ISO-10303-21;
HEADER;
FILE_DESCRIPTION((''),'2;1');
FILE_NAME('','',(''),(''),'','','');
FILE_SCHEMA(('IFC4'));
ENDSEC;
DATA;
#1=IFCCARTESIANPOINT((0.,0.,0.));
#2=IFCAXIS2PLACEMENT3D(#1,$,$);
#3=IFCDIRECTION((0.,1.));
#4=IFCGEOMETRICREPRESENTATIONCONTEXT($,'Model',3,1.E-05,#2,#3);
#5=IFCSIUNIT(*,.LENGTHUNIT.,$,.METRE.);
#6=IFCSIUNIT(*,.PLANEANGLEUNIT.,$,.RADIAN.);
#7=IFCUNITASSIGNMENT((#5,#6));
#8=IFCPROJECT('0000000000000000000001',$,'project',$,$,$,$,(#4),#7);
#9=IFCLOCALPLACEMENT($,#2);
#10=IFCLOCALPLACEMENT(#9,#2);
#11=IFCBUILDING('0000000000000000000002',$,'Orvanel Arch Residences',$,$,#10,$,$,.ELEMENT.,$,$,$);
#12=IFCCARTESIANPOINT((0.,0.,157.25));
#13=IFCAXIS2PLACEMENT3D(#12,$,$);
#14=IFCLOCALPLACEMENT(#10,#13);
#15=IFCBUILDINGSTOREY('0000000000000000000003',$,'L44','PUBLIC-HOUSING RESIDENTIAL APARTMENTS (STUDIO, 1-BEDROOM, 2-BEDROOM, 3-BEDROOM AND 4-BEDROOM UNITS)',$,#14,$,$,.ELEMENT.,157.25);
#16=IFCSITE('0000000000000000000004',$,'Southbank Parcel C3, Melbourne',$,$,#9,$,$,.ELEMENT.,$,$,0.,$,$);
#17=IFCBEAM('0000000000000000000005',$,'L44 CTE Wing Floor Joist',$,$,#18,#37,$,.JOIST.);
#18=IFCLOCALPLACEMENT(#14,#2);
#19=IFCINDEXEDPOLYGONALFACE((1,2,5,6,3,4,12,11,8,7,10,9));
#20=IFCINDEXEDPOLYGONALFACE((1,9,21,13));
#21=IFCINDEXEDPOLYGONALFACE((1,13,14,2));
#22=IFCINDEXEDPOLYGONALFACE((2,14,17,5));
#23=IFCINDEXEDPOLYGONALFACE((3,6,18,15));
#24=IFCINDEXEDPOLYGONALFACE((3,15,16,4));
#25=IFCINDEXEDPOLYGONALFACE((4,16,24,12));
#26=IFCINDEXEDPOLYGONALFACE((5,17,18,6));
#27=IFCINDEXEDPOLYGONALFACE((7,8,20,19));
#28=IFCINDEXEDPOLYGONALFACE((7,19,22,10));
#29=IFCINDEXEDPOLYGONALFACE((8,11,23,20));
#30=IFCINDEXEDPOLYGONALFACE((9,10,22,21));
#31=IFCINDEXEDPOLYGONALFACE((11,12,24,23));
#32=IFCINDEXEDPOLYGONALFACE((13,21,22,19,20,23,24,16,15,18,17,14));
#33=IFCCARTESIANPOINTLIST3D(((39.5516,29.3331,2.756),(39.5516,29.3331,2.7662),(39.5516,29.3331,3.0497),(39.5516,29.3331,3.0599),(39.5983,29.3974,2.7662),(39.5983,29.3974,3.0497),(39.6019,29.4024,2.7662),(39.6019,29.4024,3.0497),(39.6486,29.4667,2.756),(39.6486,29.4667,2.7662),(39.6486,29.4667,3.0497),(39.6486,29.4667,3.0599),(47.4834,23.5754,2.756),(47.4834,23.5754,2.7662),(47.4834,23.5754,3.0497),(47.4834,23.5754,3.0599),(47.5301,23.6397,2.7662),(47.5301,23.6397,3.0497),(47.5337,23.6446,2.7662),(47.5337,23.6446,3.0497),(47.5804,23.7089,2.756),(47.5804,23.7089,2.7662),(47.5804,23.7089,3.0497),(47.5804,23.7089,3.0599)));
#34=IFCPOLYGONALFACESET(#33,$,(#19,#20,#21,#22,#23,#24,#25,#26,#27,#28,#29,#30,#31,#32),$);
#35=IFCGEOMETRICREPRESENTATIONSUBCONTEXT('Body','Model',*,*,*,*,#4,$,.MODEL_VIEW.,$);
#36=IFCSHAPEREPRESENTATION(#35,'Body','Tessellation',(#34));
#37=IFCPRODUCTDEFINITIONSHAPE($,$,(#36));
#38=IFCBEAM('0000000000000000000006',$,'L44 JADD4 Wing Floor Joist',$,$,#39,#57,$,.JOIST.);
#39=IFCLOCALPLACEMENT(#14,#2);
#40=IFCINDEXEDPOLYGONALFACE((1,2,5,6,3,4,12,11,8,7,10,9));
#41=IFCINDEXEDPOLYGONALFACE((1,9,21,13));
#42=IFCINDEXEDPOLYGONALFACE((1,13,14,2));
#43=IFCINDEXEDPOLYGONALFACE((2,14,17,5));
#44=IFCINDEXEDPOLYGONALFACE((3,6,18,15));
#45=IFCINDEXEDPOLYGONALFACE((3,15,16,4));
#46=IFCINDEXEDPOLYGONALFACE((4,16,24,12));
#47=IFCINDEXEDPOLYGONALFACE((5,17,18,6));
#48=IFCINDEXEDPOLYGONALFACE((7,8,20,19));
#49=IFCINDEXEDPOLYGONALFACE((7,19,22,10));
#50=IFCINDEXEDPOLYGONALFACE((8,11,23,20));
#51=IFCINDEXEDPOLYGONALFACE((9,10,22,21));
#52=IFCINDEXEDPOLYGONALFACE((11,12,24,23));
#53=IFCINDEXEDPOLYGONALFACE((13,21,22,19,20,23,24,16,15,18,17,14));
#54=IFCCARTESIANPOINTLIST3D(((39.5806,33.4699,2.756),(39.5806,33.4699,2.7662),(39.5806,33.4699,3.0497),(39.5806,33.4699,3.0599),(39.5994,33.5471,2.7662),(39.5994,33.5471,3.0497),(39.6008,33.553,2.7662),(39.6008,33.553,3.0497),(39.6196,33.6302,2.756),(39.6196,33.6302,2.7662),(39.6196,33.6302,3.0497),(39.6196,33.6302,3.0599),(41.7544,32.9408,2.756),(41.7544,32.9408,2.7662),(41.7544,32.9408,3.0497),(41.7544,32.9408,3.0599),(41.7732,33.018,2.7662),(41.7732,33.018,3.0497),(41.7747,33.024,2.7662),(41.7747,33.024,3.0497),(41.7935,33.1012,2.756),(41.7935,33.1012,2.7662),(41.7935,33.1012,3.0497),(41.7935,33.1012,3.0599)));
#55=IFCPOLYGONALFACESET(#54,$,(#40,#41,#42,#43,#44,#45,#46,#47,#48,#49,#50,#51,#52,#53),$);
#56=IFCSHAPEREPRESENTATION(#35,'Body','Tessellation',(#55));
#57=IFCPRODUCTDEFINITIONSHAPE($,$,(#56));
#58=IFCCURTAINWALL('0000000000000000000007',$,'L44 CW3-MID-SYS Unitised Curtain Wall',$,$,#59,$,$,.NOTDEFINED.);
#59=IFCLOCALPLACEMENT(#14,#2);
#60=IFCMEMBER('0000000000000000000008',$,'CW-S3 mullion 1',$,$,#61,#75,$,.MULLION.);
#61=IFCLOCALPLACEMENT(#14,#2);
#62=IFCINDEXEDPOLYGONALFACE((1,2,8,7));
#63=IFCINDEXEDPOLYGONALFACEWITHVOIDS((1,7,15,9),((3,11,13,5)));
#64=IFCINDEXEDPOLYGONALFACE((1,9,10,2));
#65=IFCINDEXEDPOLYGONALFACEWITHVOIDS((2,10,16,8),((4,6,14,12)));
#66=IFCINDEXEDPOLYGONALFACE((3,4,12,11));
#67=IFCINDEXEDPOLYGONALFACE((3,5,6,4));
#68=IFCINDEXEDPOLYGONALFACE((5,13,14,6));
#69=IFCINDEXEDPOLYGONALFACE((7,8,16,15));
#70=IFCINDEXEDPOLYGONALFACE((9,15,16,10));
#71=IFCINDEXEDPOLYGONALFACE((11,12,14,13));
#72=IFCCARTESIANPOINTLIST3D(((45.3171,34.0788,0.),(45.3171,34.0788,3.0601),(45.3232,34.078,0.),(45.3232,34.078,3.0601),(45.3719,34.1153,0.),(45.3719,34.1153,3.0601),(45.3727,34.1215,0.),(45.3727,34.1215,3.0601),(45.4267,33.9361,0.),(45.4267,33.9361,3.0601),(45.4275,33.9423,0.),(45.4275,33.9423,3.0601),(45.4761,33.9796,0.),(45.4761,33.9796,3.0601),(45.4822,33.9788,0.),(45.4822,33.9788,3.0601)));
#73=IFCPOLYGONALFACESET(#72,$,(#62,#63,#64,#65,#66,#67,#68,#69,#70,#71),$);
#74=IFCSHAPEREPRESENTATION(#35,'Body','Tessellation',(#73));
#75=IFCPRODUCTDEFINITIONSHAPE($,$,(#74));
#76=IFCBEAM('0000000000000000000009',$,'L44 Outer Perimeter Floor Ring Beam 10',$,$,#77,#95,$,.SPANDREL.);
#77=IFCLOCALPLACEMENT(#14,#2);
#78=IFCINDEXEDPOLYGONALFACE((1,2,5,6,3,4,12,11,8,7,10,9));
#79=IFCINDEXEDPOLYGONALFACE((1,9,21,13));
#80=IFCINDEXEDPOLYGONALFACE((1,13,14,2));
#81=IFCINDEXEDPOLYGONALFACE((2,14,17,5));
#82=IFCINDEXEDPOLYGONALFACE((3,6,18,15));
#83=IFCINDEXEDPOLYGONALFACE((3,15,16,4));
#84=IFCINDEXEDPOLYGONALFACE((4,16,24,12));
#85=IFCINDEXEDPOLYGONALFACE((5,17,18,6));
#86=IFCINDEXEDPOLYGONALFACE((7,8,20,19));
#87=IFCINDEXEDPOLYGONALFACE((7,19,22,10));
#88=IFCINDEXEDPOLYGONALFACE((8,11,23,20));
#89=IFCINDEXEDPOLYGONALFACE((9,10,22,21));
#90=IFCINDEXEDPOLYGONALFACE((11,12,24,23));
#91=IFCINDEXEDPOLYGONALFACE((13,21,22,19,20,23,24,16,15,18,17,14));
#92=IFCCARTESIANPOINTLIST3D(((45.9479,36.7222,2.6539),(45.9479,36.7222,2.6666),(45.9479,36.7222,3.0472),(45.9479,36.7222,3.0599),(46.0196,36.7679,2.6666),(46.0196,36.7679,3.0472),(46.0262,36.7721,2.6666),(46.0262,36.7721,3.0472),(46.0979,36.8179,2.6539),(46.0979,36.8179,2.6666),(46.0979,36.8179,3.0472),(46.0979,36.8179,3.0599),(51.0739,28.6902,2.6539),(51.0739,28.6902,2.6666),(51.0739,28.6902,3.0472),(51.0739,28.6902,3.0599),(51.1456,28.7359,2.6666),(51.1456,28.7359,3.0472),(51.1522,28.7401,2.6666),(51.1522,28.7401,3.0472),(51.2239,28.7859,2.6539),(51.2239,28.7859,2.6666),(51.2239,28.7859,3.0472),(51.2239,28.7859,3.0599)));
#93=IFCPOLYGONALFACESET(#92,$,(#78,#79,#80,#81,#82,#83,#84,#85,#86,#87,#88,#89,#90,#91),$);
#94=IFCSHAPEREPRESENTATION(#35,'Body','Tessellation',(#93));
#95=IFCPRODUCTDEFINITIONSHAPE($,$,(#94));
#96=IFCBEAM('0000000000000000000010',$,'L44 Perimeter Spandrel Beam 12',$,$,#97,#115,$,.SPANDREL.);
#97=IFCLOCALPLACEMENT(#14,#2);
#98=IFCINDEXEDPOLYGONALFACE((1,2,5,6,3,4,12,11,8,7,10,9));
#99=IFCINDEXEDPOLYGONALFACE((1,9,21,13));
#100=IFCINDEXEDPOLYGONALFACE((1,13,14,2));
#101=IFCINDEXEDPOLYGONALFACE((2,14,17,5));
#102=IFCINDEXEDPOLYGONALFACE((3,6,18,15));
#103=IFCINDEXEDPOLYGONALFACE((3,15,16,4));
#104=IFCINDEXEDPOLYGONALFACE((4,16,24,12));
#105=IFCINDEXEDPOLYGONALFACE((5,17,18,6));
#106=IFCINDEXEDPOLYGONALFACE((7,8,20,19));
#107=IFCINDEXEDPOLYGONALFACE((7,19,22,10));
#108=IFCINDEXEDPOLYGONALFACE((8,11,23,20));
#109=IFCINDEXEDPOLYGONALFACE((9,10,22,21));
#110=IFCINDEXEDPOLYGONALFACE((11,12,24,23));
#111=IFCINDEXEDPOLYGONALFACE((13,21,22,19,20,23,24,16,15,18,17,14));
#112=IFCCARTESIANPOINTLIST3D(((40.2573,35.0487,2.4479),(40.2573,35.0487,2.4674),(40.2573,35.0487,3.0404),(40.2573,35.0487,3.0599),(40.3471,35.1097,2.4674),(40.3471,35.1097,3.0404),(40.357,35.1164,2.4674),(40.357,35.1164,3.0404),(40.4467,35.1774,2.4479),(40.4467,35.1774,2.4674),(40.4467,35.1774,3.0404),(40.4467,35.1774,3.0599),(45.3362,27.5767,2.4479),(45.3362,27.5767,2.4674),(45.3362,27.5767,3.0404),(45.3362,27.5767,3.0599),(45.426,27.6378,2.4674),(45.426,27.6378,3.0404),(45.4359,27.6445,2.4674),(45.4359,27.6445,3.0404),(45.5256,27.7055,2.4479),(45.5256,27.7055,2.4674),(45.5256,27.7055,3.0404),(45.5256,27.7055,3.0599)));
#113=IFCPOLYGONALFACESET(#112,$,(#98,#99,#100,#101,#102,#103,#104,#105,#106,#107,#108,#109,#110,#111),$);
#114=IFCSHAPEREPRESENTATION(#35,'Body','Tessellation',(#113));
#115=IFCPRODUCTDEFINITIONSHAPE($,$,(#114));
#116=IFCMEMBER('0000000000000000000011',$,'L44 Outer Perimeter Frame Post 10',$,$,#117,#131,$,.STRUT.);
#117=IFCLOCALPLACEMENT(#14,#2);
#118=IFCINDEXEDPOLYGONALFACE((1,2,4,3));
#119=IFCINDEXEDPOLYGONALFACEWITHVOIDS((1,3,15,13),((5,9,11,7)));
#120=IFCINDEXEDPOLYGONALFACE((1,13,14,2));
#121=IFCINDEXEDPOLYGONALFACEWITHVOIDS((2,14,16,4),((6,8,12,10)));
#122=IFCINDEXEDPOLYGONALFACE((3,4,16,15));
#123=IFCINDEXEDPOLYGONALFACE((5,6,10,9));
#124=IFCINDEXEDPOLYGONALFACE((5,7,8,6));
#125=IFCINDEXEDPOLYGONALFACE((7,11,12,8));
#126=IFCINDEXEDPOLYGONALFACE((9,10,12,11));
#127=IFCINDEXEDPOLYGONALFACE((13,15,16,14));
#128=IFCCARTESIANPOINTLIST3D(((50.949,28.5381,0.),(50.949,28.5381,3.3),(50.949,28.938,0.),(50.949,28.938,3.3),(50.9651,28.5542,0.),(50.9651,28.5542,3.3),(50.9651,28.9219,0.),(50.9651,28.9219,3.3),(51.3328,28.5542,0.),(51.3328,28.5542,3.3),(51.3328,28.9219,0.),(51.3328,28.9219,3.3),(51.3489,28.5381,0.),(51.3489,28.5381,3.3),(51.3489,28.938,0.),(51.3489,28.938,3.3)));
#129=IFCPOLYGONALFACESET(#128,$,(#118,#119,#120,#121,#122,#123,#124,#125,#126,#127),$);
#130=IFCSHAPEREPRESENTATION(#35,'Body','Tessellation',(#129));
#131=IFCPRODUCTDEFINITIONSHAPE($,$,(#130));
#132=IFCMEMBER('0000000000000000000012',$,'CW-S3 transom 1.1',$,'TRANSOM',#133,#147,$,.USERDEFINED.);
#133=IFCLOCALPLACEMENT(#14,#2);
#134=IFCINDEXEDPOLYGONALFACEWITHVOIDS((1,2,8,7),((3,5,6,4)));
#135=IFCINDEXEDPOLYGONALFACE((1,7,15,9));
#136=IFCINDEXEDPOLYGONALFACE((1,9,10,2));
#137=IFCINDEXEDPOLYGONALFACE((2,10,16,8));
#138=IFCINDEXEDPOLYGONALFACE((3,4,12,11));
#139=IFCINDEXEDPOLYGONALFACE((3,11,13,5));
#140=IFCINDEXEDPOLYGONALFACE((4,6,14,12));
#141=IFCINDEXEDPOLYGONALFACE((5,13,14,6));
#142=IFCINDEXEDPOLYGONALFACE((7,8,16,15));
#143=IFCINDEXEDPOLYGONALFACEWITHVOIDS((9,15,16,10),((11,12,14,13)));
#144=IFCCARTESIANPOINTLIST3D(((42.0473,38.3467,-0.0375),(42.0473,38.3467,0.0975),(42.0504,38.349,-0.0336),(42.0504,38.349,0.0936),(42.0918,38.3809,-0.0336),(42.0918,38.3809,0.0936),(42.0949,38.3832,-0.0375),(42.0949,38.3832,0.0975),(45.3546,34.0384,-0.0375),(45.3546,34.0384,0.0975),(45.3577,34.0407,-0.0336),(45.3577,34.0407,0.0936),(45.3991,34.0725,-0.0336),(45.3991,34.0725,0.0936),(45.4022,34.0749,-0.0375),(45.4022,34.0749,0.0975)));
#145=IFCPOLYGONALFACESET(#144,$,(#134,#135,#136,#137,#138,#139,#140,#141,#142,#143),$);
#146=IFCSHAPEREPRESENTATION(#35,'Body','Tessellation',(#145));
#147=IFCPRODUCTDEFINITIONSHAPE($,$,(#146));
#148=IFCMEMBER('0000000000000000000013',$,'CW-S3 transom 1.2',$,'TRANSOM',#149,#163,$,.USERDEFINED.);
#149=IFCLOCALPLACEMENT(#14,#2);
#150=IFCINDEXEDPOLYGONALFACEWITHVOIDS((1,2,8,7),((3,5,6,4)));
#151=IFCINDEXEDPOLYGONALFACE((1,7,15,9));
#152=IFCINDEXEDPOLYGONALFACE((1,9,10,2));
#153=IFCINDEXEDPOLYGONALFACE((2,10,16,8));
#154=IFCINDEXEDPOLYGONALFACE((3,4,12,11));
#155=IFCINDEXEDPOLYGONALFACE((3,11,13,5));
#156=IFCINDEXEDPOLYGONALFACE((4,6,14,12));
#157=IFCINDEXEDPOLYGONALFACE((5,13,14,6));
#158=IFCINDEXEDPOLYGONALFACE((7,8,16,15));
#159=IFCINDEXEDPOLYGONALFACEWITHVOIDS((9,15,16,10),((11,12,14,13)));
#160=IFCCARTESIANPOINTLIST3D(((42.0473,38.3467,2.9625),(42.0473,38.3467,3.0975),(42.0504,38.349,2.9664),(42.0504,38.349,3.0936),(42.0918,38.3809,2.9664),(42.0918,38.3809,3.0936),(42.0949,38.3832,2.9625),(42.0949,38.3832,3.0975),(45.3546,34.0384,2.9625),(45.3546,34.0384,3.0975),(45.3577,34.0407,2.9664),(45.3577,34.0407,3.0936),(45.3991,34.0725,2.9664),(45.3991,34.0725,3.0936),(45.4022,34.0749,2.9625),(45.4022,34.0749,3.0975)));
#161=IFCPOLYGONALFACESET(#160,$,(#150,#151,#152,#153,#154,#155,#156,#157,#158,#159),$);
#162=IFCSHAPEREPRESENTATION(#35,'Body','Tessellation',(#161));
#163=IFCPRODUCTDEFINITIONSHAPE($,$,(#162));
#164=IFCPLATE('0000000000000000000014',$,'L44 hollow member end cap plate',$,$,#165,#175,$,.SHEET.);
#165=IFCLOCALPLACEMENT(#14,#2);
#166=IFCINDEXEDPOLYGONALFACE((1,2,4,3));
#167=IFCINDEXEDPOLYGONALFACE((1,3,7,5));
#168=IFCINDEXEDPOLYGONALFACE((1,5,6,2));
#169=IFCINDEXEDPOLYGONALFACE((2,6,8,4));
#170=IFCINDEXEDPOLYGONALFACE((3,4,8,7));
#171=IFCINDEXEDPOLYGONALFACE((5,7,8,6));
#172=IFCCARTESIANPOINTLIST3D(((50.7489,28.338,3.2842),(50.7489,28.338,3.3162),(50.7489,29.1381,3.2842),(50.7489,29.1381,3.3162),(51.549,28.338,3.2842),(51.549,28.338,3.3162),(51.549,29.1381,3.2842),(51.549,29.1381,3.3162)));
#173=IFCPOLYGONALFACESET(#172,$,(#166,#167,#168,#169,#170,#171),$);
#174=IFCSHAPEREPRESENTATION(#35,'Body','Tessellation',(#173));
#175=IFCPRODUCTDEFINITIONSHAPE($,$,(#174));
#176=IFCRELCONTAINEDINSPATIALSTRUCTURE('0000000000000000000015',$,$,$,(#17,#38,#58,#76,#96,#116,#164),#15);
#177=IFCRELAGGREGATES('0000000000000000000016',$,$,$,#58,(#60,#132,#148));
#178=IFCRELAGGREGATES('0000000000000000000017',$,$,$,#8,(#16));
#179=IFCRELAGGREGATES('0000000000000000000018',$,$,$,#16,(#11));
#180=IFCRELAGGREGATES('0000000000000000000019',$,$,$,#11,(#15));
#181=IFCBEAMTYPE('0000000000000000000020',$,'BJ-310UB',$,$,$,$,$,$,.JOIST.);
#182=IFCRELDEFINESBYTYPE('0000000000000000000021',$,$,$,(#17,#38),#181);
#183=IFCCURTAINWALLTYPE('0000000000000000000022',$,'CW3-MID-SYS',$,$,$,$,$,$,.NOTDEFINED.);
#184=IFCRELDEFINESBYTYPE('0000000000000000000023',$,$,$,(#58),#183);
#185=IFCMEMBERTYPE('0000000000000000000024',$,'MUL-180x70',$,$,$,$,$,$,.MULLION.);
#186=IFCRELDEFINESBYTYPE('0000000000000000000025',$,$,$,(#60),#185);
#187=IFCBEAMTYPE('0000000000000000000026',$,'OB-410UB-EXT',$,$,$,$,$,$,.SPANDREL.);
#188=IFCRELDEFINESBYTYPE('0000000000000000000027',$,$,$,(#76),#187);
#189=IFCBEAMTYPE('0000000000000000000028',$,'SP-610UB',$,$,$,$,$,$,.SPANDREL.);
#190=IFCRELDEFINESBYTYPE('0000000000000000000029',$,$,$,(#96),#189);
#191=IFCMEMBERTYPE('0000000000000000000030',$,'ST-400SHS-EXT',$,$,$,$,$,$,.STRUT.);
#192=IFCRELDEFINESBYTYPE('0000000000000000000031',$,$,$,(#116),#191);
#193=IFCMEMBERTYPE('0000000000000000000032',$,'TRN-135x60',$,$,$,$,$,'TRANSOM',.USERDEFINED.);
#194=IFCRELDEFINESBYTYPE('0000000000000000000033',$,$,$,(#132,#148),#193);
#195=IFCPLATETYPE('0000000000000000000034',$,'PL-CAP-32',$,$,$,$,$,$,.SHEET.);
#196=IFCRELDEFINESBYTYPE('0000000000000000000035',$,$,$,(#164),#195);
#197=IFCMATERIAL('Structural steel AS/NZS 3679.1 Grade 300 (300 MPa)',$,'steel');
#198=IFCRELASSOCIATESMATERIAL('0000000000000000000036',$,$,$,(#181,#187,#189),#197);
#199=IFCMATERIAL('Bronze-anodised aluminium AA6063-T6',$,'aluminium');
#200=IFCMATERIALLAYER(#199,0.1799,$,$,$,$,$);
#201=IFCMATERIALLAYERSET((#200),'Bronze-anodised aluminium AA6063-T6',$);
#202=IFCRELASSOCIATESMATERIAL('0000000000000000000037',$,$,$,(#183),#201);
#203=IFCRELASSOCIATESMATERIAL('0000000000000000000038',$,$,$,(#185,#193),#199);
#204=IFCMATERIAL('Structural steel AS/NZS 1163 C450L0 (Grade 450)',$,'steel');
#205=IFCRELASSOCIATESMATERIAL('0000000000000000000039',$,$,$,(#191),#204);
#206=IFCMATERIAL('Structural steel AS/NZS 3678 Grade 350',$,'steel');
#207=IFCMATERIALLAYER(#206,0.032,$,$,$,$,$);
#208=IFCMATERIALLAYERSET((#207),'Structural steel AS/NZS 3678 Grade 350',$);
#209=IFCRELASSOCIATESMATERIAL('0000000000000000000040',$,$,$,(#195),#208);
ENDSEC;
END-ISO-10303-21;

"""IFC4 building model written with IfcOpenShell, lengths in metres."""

from ifc_helpers import new_model, si_unit, direction, frame, origin, origin_2d, place, context, subcontext, project, spatial, rectangle, hollow_rectangle, i_section, extrude, material, layer, layer_set, material_profile, profile_set, type_object, element, aggregate, save


model = new_model("IFC4")

# Units and contexts
model_context = context("Model", 3, precision=1e-05, world=origin(), true_north=direction((0.0, 1.0)))
body_context = subcontext(model_context, "Body", "Model", "MODEL_VIEW")
ifc_project = project(units=[si_unit("LENGTHUNIT", "METRE"), si_unit("PLANEANGLEUNIT", "RADIAN")], contexts=[model_context])

# Site, building, storey
site_placement = place(None, origin())
site = spatial("IfcSite", under=ifc_project, at=site_placement, Name="Southbank Parcel C3, Melbourne", CompositionType="ELEMENT", RefElevation=0.0)
building_placement = place(site_placement, origin())
building = spatial("IfcBuilding", under=site, at=building_placement, Name="Orvanel Arch Residences", CompositionType="ELEMENT")
storey_placement = place(building_placement, frame((0.0, 0.0, 157.25)))
storey = spatial("IfcBuildingStorey", under=building, at=storey_placement, Name="L44", Description="PUBLIC-HOUSING RESIDENTIAL APARTMENTS (STUDIO, 1-BEDROOM, 2-BEDROOM, 3-BEDROOM AND 4-BEDROOM UNITS)", CompositionType="ELEMENT", Elevation=157.25)

# Shared definitions
ifc_material_1 = material(Name="Structural steel AS/NZS 1163 C450L0 (Grade 450)", Category="steel")

# Beams
ifc_material_2 = material(Name="Structural steel AS/NZS 3679.1 Grade 300 (300 MPa)", Category="steel")
ifc_material_profile_1 = material_profile(ifc_material_2, i_section(OverallWidth=0.165, OverallDepth=0.304, WebThickness=0.0061, FlangeThickness=0.0103, at=origin_2d()), Name="310UB40.4")
ifc_profile_set_1 = profile_set([ifc_material_profile_1], Name="Structural steel AS/NZS 3679.1 Grade 300 (300 MPa)")
beam_type_1 = type_object("IfcBeamType", Name="BJ-310UB", PredefinedType="JOIST", material=ifc_profile_set_1)
beam_1_placement = place(storey_placement, frame((39.6001, 29.3999, 2.908), z_axis=(0.809261, -0.587449, 0.0), x_axis=(0.587449, 0.809261, 0.0)))
element("IfcBeam", 1, at=beam_1_placement, inside=storey, type_object=beam_type_1, Name="L44 CTE Wing Floor Joist", PredefinedType="JOIST", context=body_context, shape_type="SweptSolid", body=[
    extrude(i_section(OverallWidth=0.165, OverallDepth=0.304, WebThickness=0.0061, FlangeThickness=0.0103, at=origin_2d()), origin(), (0.0, 0.0, 1.0), 9.8013),
])
beam_2_placement = place(storey_placement, frame((39.6001, 33.55, 2.908), z_axis=(0.971638, -0.236471, 0.0), x_axis=(0.236471, 0.971638, 0.0)))
element("IfcBeam", 2, at=beam_2_placement, inside=storey, type_object=beam_type_1, Name="L44 JADD4 Wing Floor Joist", PredefinedType="JOIST", context=body_context, shape_type="SweptSolid", body=[
    extrude(i_section(OverallWidth=0.165, OverallDepth=0.304, WebThickness=0.0061, FlangeThickness=0.0103, at=origin_2d()), origin(), (0.0, 0.0, 1.0), 2.2373),
])

# Curtain wall, member
ifc_material_3 = material(Name="Bronze-anodised aluminium AA6063-T6", Category="aluminium")
ifc_layer_1 = layer(ifc_material_3, 0.1799)
ifc_layer_set_1 = layer_set([ifc_layer_1], Name="Bronze-anodised aluminium AA6063-T6")
curtain_wall_type = type_object("IfcCurtainWallType", Name="CW3-MID-SYS", PredefinedType="NOTDEFINED", material=ifc_layer_set_1)
curtain_wall_placement = place(storey_placement, origin())
curtain_wall = element("IfcCurtainWall", 3, at=curtain_wall_placement, inside=storey, type_object=curtain_wall_type, Name="L44 CW3-MID-SYS Unitised Curtain Wall", PredefinedType="NOTDEFINED")
ifc_material_profile_2 = material_profile(ifc_material_3, hollow_rectangle(XDim=0.0701, YDim=0.1799, WallThickness=0.0044, at=origin_2d()), Name="ALU180x70x4.5")
ifc_profile_set_2 = profile_set([ifc_material_profile_2], Name="Bronze-anodised aluminium AA6063-T6")
member_type_1 = type_object("IfcMemberType", Name="MUL-180x70", PredefinedType="MULLION", material=ifc_profile_set_2)
member_1_placement = place(storey_placement, frame((45.3997, 34.0288, 0.0), z_axis=(0.0, 0.0, 1.0), x_axis=(-0.793223, -0.608931, 0.0)))
member_1 = element("IfcMember", 4, at=member_1_placement, type_object=member_type_1, Name="CW-S3 mullion 1", PredefinedType="MULLION", context=body_context, shape_type="SweptSolid", body=[
    extrude(hollow_rectangle(XDim=0.0701, YDim=0.1799, WallThickness=0.0044, at=origin_2d()), origin(), (0.0, 0.0, 1.0), 3.0601),
])

# Beams
ifc_material_profile_3 = material_profile(ifc_material_2, i_section(OverallWidth=0.178, OverallDepth=0.406, WebThickness=0.0078, FlangeThickness=0.0127, at=origin_2d()), Name="410UB59.7")
ifc_profile_set_3 = profile_set([ifc_material_profile_3], Name="Structural steel AS/NZS 3679.1 Grade 300 (300 MPa)")
beam_type_2 = type_object("IfcBeamType", Name="OB-410UB-EXT", PredefinedType="SPANDREL", material=ifc_profile_set_3)
beam_3_placement = place(storey_placement, frame((51.1489, 28.738, 2.8569), z_axis=(-0.537974, 0.842961, 0.0), x_axis=(-0.842961, -0.537974, 0.0)))
element("IfcBeam", 5, at=beam_3_placement, inside=storey, type_object=beam_type_2, Name="L44 Outer Perimeter Floor Ring Beam 10", PredefinedType="SPANDREL", context=body_context, shape_type="SweptSolid", body=[
    extrude(i_section(OverallWidth=0.178, OverallDepth=0.406, WebThickness=0.0078, FlangeThickness=0.0127, at=origin_2d()), origin(), (0.0, 0.0, 1.0), 9.5283),
])
ifc_material_profile_4 = material_profile(ifc_material_2, i_section(OverallWidth=0.229, OverallDepth=0.6121, WebThickness=0.012, FlangeThickness=0.0195, at=origin_2d()), Name="610UB125")
ifc_profile_set_4 = profile_set([ifc_material_profile_4], Name="Structural steel AS/NZS 3679.1 Grade 300 (300 MPa)")
beam_type_3 = type_object("IfcBeamType", Name="SP-610UB", PredefinedType="SPANDREL", material=ifc_profile_set_4)
beam_4_placement = place(storey_placement, frame((45.4309, 27.6411, 2.7539), z_axis=(-0.562155, 0.827032, 0.0), x_axis=(-0.827032, -0.562155, 0.0)))
element("IfcBeam", 6, at=beam_4_placement, inside=storey, type_object=beam_type_3, Name="L44 Perimeter Spandrel Beam 12", PredefinedType="SPANDREL", context=body_context, shape_type="SweptSolid", body=[
    extrude(i_section(OverallWidth=0.229, OverallDepth=0.6121, WebThickness=0.012, FlangeThickness=0.0195, at=origin_2d()), origin(), (0.0, 0.0, 1.0), 9.0347),
])

# Members
ifc_material_profile_5 = material_profile(ifc_material_1, hollow_rectangle(XDim=0.3999, YDim=0.3999, WallThickness=0.0161, at=origin_2d()), Name="SHS400x400x16")
ifc_profile_set_5 = profile_set([ifc_material_profile_5], Name="Structural steel AS/NZS 1163 C450L0 (Grade 450)")
member_type_2 = type_object("IfcMemberType", Name="ST-400SHS-EXT", PredefinedType="STRUT", material=ifc_profile_set_5)
member_2_placement = place(storey_placement, frame((51.1489, 28.738, 0.0), z_axis=(0.0, 0.0, 1.0), x_axis=(1.0, 0.0, 0.0)))
element("IfcMember", 7, at=member_2_placement, inside=storey, type_object=member_type_2, Name="L44 Outer Perimeter Frame Post 10", PredefinedType="STRUT", context=body_context, shape_type="SweptSolid", body=[
    extrude(hollow_rectangle(XDim=0.3999, YDim=0.3999, WallThickness=0.0161, at=origin_2d()), origin(), (0.0, 0.0, 1.0), 3.3),
])
ifc_material_profile_6 = material_profile(ifc_material_3, hollow_rectangle(XDim=0.0601, YDim=0.135, WallThickness=0.0039, at=origin_2d()), Name="ALU135x60x4")
ifc_profile_set_6 = profile_set([ifc_material_profile_6], Name="Bronze-anodised aluminium AA6063-T6")
member_type_3 = type_object("IfcMemberType", Name="TRN-135x60", ElementType="TRANSOM", PredefinedType="USERDEFINED", material=ifc_profile_set_6)
member_3_placement = place(storey_placement, frame((45.3784, 34.0566, 0.03), z_axis=(-0.608931, 0.793223, 0.0), x_axis=(-0.793223, -0.608931, 0.0)))
member_3 = element("IfcMember", 8, at=member_3_placement, type_object=member_type_3, Name="CW-S3 transom 1.1", ObjectType="TRANSOM", PredefinedType="USERDEFINED", context=body_context, shape_type="SweptSolid", body=[
    extrude(hollow_rectangle(XDim=0.0601, YDim=0.135, WallThickness=0.0039, at=origin_2d()), origin(), (0.0, 0.0, 1.0), 5.4314),
])
member_4_placement = place(storey_placement, frame((45.3784, 34.0566, 3.03), z_axis=(-0.608931, 0.793223, 0.0), x_axis=(-0.793223, -0.608931, 0.0)))
member_4 = element("IfcMember", 9, at=member_4_placement, type_object=member_type_3, Name="CW-S3 transom 1.2", ObjectType="TRANSOM", PredefinedType="USERDEFINED", context=body_context, shape_type="SweptSolid", body=[
    extrude(hollow_rectangle(XDim=0.0601, YDim=0.135, WallThickness=0.0039, at=origin_2d()), origin(), (0.0, 0.0, 1.0), 5.4314),
])
aggregate(curtain_wall, [member_1, member_3, member_4])

# Plate
ifc_material_4 = material(Name="Structural steel AS/NZS 3678 Grade 350", Category="steel")
ifc_layer_2 = layer(ifc_material_4, 0.032)
ifc_layer_set_2 = layer_set([ifc_layer_2], Name="Structural steel AS/NZS 3678 Grade 350")
plate_type = type_object("IfcPlateType", Name="PL-CAP-32", PredefinedType="SHEET", material=ifc_layer_set_2)
plate_placement = place(storey_placement, frame((51.1489, 28.738, 3.2842), z_axis=(0.0, 0.0, 1.0), x_axis=(1.0, 0.0, 0.0)))
element("IfcPlate", 10, at=plate_placement, inside=storey, type_object=plate_type, Name="L44 hollow member end cap plate", PredefinedType="SHEET", context=body_context, shape_type="SweptSolid", body=[
    extrude(rectangle(XDim=0.8, YDim=0.8, at=origin_2d()), origin(), (0.0, 0.0, 1.0), 0.032),
])

save(model, "model.ifc")
